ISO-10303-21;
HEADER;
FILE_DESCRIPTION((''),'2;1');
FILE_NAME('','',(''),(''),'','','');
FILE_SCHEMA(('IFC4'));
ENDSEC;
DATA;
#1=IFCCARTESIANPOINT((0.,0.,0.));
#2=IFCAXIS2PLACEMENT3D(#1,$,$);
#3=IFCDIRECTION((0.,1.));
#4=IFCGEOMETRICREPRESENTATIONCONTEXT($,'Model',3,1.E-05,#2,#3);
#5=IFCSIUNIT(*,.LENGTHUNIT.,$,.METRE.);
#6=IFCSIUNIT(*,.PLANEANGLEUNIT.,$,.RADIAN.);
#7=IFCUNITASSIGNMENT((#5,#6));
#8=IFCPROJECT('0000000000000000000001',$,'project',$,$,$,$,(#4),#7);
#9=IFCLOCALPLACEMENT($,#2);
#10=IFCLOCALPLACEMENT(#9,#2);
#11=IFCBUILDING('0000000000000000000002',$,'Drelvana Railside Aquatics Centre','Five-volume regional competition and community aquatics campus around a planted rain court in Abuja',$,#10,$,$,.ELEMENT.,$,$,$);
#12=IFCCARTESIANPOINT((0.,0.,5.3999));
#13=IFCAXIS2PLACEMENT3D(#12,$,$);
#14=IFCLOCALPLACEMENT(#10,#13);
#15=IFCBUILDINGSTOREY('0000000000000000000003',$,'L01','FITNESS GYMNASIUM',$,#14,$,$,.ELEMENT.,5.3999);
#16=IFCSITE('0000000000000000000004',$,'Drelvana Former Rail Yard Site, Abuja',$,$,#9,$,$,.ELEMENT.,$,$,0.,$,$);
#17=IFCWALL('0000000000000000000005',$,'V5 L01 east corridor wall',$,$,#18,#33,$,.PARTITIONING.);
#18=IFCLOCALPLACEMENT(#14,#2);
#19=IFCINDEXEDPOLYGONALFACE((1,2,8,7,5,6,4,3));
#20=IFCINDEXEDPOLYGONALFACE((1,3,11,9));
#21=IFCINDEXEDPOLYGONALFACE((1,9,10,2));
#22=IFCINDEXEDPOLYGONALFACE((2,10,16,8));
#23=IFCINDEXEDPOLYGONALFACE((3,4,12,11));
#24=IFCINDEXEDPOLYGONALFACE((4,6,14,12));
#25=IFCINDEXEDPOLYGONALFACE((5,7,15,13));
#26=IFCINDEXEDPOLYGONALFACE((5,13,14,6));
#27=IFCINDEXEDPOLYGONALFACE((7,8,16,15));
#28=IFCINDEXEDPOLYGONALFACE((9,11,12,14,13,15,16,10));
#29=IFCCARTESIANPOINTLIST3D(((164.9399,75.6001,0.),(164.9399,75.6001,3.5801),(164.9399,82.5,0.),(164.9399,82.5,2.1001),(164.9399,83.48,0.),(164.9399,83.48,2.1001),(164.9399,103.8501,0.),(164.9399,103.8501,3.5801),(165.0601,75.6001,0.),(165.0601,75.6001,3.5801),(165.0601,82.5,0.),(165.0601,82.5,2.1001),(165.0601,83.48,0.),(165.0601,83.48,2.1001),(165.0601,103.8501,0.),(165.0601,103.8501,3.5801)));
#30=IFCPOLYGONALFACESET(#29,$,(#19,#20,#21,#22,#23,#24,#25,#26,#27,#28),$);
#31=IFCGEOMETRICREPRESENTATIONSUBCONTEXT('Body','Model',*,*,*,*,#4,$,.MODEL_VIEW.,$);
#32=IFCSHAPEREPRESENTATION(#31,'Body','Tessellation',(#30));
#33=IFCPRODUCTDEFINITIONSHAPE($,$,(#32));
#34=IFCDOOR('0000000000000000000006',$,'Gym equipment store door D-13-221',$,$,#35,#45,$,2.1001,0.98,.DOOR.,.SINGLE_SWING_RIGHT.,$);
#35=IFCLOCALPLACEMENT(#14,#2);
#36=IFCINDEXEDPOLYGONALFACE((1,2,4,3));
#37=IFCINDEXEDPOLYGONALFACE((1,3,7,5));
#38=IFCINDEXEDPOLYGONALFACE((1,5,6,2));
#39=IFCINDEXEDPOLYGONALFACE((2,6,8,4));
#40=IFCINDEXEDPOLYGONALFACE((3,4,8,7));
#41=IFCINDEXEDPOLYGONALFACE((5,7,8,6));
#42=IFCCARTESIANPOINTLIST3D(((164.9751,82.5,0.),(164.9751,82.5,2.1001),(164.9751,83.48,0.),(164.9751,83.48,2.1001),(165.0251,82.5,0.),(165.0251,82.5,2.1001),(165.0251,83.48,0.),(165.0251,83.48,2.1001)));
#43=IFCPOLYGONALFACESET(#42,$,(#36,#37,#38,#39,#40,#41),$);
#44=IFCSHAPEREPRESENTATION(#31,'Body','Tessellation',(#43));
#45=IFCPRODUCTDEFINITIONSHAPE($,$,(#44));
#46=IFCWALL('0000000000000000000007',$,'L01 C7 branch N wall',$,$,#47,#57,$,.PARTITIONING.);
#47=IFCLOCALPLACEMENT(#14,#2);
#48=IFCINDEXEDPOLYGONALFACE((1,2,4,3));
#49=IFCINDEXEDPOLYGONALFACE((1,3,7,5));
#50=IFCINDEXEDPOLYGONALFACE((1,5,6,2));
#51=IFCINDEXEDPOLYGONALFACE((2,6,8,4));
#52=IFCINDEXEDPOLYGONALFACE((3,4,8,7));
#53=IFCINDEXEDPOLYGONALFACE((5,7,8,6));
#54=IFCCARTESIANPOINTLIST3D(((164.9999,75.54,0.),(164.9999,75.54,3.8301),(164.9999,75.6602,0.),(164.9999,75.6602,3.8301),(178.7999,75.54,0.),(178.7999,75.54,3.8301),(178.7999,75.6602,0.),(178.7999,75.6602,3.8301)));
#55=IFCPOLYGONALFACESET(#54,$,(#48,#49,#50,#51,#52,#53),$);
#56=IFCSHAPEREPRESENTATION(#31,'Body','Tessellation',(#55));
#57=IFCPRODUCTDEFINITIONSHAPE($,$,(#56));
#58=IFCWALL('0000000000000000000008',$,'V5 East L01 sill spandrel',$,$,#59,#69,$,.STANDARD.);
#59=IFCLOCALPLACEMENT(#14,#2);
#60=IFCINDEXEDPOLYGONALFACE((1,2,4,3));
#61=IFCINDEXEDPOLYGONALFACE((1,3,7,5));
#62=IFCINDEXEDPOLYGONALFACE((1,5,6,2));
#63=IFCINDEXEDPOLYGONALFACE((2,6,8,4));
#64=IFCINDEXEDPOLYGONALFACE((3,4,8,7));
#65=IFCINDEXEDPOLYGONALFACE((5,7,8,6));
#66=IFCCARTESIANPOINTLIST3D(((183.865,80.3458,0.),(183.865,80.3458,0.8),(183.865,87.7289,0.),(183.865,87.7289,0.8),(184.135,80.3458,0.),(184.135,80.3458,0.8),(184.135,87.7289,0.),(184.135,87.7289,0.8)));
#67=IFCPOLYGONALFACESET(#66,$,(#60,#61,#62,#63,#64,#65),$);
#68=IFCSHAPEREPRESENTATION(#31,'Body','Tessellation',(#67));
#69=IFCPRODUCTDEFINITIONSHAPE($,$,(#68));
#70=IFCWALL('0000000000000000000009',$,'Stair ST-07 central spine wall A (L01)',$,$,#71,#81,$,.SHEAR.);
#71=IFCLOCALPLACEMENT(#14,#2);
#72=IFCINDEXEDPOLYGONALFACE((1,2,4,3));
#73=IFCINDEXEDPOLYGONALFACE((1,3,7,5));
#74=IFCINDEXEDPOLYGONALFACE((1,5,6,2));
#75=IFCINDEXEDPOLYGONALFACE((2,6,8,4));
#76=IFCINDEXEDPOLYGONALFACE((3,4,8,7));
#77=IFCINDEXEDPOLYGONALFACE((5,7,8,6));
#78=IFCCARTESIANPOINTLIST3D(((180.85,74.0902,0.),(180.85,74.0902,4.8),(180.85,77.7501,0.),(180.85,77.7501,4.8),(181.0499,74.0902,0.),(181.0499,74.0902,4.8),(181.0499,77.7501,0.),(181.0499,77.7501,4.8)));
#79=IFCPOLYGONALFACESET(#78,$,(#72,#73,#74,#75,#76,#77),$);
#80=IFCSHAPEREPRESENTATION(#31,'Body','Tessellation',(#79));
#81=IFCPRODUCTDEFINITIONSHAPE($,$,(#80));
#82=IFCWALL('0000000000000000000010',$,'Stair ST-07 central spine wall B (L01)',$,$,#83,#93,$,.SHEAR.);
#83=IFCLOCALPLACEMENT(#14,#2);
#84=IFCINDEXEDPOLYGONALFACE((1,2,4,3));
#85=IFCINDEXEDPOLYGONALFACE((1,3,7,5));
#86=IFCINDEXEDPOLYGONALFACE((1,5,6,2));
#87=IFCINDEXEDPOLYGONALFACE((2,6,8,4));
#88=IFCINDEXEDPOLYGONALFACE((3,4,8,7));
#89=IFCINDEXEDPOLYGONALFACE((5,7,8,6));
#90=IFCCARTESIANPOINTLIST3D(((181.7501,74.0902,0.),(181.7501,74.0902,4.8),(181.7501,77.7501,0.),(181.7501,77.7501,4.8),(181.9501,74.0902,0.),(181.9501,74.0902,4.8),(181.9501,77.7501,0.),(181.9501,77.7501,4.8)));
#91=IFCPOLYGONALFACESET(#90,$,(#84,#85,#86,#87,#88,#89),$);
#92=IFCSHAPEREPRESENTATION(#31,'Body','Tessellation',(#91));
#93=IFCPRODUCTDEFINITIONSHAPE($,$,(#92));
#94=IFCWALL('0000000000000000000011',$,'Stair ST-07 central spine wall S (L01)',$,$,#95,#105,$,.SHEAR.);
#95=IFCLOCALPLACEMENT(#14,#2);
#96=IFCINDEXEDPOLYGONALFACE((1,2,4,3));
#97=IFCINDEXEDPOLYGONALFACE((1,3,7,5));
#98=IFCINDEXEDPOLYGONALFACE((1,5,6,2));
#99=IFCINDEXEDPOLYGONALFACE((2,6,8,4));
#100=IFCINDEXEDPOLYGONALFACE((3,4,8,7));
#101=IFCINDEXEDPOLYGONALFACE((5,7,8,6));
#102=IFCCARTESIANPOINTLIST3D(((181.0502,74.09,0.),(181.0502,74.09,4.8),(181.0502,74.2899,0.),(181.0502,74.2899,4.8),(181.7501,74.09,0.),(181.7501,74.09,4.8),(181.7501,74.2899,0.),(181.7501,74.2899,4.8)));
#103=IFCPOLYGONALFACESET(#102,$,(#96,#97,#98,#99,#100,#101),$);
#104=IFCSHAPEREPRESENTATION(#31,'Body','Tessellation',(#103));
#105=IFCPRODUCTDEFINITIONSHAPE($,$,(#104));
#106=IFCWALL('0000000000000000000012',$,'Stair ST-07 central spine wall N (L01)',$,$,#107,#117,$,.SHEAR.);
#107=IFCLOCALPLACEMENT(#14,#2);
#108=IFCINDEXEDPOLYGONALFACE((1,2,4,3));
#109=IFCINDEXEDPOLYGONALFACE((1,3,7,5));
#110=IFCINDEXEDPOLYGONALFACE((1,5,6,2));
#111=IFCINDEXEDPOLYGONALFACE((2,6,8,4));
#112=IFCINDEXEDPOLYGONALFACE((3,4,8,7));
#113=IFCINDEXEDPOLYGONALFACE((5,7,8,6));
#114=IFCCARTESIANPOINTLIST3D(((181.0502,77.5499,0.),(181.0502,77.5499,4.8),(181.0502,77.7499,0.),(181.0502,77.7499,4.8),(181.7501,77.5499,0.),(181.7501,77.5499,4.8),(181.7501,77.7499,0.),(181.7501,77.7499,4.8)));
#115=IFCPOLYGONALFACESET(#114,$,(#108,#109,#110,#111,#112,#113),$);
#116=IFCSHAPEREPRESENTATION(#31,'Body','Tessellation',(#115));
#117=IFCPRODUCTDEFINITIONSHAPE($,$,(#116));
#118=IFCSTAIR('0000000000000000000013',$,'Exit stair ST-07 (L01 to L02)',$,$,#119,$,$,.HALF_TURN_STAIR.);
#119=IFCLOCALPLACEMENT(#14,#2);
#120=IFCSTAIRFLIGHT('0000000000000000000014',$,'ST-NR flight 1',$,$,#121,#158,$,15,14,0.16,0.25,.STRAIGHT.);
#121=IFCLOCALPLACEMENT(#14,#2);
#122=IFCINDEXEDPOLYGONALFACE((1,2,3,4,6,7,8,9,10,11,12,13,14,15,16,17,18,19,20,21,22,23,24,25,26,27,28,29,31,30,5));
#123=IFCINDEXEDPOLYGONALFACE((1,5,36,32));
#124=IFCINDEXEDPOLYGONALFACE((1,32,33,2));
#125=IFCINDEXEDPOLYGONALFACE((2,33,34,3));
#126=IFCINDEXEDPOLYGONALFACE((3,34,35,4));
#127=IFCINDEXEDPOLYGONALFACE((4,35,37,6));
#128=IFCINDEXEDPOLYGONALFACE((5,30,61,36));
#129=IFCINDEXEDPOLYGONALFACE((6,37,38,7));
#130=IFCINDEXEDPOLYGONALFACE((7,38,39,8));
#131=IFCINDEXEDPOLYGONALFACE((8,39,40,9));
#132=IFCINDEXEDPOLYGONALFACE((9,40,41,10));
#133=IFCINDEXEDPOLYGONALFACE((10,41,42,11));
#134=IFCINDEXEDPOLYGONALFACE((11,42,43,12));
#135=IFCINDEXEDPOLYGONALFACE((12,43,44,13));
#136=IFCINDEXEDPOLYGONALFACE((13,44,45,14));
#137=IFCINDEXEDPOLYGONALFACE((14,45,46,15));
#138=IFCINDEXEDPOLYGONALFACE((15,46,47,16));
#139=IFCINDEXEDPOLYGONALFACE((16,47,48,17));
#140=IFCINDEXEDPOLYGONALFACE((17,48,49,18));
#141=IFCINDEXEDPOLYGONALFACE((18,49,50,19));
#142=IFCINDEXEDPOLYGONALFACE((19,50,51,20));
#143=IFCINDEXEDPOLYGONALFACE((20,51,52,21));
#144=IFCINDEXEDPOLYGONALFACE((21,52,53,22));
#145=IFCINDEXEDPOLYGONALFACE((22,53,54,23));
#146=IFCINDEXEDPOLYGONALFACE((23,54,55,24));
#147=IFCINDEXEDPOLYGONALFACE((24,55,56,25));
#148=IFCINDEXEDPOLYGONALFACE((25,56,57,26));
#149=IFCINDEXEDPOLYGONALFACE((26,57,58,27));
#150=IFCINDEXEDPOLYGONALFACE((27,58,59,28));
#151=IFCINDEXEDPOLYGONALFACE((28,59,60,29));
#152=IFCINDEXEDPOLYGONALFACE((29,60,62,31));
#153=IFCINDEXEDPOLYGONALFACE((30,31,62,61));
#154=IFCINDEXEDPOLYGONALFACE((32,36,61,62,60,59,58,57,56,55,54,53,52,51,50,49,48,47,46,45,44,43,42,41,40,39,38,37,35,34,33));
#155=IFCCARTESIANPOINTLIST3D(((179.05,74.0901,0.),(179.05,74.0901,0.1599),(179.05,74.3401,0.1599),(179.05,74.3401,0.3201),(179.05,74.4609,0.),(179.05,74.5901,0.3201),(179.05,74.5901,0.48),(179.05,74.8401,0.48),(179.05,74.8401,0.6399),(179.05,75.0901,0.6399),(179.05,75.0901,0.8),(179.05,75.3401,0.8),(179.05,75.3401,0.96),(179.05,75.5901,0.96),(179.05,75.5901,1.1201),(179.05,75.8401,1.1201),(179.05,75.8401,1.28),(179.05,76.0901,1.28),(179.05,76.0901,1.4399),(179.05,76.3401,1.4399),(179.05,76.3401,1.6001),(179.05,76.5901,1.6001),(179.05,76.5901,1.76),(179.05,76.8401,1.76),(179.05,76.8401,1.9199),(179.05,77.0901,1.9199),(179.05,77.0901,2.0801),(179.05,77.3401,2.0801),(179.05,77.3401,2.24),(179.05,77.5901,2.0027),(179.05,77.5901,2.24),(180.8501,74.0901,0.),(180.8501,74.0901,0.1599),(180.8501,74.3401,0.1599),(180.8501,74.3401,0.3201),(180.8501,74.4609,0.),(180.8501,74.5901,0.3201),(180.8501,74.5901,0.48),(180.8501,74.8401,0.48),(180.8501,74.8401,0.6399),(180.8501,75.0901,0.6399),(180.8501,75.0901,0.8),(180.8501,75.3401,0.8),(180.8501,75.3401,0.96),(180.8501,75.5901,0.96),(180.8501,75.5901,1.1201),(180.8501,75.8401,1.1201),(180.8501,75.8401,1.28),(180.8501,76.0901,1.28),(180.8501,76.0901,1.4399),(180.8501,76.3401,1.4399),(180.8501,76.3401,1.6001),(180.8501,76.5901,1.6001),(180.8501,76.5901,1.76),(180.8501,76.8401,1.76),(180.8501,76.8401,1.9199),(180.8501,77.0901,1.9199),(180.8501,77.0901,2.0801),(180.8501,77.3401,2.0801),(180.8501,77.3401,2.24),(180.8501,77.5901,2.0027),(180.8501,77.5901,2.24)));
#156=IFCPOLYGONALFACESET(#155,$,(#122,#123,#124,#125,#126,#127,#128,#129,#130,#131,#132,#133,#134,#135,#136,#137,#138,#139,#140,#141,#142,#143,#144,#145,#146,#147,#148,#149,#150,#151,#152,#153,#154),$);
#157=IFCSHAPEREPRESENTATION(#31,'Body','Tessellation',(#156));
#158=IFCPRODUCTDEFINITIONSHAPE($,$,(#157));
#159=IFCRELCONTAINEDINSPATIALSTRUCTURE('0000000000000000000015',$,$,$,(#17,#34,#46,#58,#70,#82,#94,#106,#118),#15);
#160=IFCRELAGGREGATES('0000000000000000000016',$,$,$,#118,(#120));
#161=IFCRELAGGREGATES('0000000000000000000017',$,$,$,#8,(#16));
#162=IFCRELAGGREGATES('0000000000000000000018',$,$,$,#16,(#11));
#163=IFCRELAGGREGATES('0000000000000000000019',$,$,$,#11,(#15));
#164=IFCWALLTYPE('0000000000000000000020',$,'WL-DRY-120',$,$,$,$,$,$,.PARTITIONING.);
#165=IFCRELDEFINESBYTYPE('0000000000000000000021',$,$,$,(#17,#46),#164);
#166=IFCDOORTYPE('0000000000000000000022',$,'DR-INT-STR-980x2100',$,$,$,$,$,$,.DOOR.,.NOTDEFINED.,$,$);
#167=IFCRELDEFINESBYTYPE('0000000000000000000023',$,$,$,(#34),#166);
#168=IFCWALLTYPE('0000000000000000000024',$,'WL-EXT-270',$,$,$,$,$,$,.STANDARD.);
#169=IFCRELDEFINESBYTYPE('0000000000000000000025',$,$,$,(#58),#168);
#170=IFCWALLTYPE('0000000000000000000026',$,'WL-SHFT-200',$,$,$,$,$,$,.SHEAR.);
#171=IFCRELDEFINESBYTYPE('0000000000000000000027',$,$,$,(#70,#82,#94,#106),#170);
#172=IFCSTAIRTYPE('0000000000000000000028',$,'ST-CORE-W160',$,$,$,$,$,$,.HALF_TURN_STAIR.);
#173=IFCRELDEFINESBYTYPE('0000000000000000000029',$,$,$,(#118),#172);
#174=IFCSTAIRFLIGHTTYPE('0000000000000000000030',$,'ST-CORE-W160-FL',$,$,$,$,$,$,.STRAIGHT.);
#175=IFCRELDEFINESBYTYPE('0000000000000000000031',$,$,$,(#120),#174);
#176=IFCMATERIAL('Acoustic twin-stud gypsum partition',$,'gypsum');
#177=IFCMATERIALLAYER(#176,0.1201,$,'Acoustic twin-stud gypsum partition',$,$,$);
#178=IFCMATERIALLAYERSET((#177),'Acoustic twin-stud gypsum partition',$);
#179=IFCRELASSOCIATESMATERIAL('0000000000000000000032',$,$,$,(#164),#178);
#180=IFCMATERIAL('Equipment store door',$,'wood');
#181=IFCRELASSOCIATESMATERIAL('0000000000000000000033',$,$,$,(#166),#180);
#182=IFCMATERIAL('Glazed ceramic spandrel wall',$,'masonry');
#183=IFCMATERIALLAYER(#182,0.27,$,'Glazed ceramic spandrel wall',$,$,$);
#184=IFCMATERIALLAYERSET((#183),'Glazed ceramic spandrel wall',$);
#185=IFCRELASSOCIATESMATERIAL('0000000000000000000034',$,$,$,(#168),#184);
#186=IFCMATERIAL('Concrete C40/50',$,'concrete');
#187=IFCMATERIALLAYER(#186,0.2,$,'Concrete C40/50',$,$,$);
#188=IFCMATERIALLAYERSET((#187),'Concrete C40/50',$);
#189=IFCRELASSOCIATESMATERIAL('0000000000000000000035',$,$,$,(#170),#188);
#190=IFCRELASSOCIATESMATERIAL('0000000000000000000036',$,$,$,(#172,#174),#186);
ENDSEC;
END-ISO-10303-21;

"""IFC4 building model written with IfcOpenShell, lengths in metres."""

from ifc_helpers import new_model, si_unit, direction, frame, frame_2d, origin, place, context, subcontext, project, spatial, polyline, rectangle, outline, extrude, material, layer, layer_set, type_object, element, fill, aggregate, save


model = new_model("IFC4")

# Units and contexts
model_context = context("Model", 3, precision=1e-05, world=origin(), true_north=direction((0.0, 1.0)))
body_context = subcontext(model_context, "Body", "Model", "MODEL_VIEW")
ifc_project = project(units=[si_unit("LENGTHUNIT", "METRE"), si_unit("PLANEANGLEUNIT", "RADIAN")], contexts=[model_context])

# Site, building, storey
site_placement = place(None, origin())
site = spatial("IfcSite", under=ifc_project, at=site_placement, Name="Drelvana Former Rail Yard Site, Abuja", CompositionType="ELEMENT", RefElevation=0.0)
building_placement = place(site_placement, origin())
building = spatial("IfcBuilding", under=site, at=building_placement, Name="Drelvana Railside Aquatics Centre", Description="Five-volume regional competition and community aquatics campus around a planted rain court in Abuja", CompositionType="ELEMENT")
storey_placement = place(building_placement, frame((0.0, 0.0, 5.3999)))
storey = spatial("IfcBuildingStorey", under=building, at=storey_placement, Name="L01", Description="FITNESS GYMNASIUM", CompositionType="ELEMENT", Elevation=5.3999)

# Shared definitions
ifc_material_1 = material(Name="Concrete C40/50", Category="concrete")

# Wall, opening, door
ifc_material_2 = material(Name="Acoustic twin-stud gypsum partition", Category="gypsum")
ifc_layer_1 = layer(ifc_material_2, 0.1201, Name="Acoustic twin-stud gypsum partition")
ifc_layer_set_1 = layer_set([ifc_layer_1], Name="Acoustic twin-stud gypsum partition")
wall_type_1 = type_object("IfcWallType", Name="WL-DRY-120", PredefinedType="PARTITIONING", material=ifc_layer_set_1)
wall_1_placement = place(storey_placement, frame((165.0, 75.6001, 0.0), z_axis=(0.0, 0.0, 1.0), x_axis=(0.0, 1.0, 0.0)))
wall_1 = element("IfcWall", 1, at=wall_1_placement, inside=storey, type_object=wall_type_1, Name="V5 L01 east corridor wall", PredefinedType="PARTITIONING", context=body_context, shape_type="SweptSolid", body=[
    extrude(rectangle(XDim=28.25, YDim=0.1201, at=frame_2d((14.125, 0.0))), origin(), (0.0, 0.0, 1.0), 3.5801),
])
opening_1_placement = place(wall_1_placement, frame((6.8999, 0.0, 0.0)))
opening_1 = element("IfcOpeningElement", 2, at=opening_1_placement, cuts=wall_1, PredefinedType="OPENING", context=body_context, shape_type="SweptSolid", body=[
    extrude(rectangle(XDim=0.98, YDim=2.1001, at=frame_2d((0.49, 1.05))), frame((0.0, 0.0701, 0.0), z_axis=(0.0, -1.0, 0.0), x_axis=(1.0, 0.0, 0.0)), (0.0, 0.0, 1.0), 0.1401),
])
ifc_material_3 = material(Name="Equipment store door", Category="wood")
door_type_1 = type_object("IfcDoorType", Name="DR-INT-STR-980x2100", OperationType="NOTDEFINED", PredefinedType="DOOR", material=ifc_material_3)
door_1_placement = place(opening_1_placement, origin())
door_1 = element("IfcDoor", 3, at=door_1_placement, inside=storey, type_object=door_type_1, Name="Gym equipment store door D-13-221", OperationType="SINGLE_SWING_RIGHT", OverallHeight=2.1001, OverallWidth=0.98, PredefinedType="DOOR", context=body_context, shape_type="SweptSolid", body=[
    extrude(rectangle(XDim=0.98, YDim=2.1001, at=frame_2d((0.49, 1.05))), frame((0.0, 0.0249, 0.0), z_axis=(0.0, -1.0, 0.0), x_axis=(1.0, 0.0, 0.0)), (0.0, 0.0, 1.0), 0.05),
])
fill(opening_1, door_1)

# Walls
wall_2_placement = place(storey_placement, frame((165.0, 75.6001, 0.0), z_axis=(0.0, 0.0, 1.0), x_axis=(1.0, 0.0, 0.0)))
element("IfcWall", 4, at=wall_2_placement, inside=storey, type_object=wall_type_1, Name="L01 C7 branch N wall", PredefinedType="PARTITIONING", context=body_context, shape_type="SweptSolid", body=[
    extrude(rectangle(XDim=13.8, YDim=0.1201, at=frame_2d((6.8999, 0.0))), origin(), (0.0, 0.0, 1.0), 3.8301),
])
ifc_material_4 = material(Name="Glazed ceramic spandrel wall", Category="masonry")
ifc_layer_2 = layer(ifc_material_4, 0.27, Name="Glazed ceramic spandrel wall")
ifc_layer_set_2 = layer_set([ifc_layer_2], Name="Glazed ceramic spandrel wall")
wall_type_2 = type_object("IfcWallType", Name="WL-EXT-270", PredefinedType="STANDARD", material=ifc_layer_set_2)
wall_3_placement = place(storey_placement, frame((184.0, 80.3459, 0.0), z_axis=(0.0, 0.0, 1.0), x_axis=(0.0, 1.0, 0.0)))
element("IfcWall", 5, at=wall_3_placement, inside=storey, type_object=wall_type_2, Name="V5 East L01 sill spandrel", PredefinedType="STANDARD", context=body_context, shape_type="SweptSolid", body=[
    extrude(rectangle(XDim=7.3831, YDim=0.27, at=frame_2d((3.6914, 0.0))), origin(), (0.0, 0.0, 1.0), 0.8),
])
ifc_layer_3 = layer(ifc_material_1, 0.2, Name="Concrete C40/50")
ifc_layer_set_3 = layer_set([ifc_layer_3], Name="Concrete C40/50")
wall_type_3 = type_object("IfcWallType", Name="WL-SHFT-200", PredefinedType="SHEAR", material=ifc_layer_set_3)
for number, where, z_axis, x_axis, name in (
    (6, (180.95, 74.0901, 0.0), (0.0, 0.0, 1.0), (0.0, 1.0, 0.0), "Stair ST-07 central spine wall A (L01)"),
    (7, (181.8501, 74.0901, 0.0), (0.0, 0.0, 1.0), (0.0, 1.0, 0.0), "Stair ST-07 central spine wall B (L01)"),
):
    element("IfcWall", number, at=place(storey_placement, frame(where, z_axis=z_axis, x_axis=x_axis)), inside=storey, type_object=wall_type_3, Name=name, PredefinedType="SHEAR", context=body_context, shape_type="SweptSolid", body=[
        extrude(rectangle(XDim=3.6599, YDim=0.2, at=frame_2d((1.8301, 0.0))), origin(), (0.0, 0.0, 1.0), 4.8),
    ])
for number, where, z_axis, x_axis, name in (
    (8, (181.05, 74.1899, 0.0), (0.0, 0.0, 1.0), (1.0, 0.0, 0.0), "Stair ST-07 central spine wall S (L01)"),
    (9, (181.05, 77.6499, 0.0), (0.0, 0.0, 1.0), (1.0, 0.0, 0.0), "Stair ST-07 central spine wall N (L01)"),
):
    element("IfcWall", number, at=place(storey_placement, frame(where, z_axis=z_axis, x_axis=x_axis)), inside=storey, type_object=wall_type_3, Name=name, PredefinedType="SHEAR", context=body_context, shape_type="SweptSolid", body=[
        extrude(rectangle(XDim=0.7, YDim=0.2, at=frame_2d((0.3501, 0.0))), origin(), (0.0, 0.0, 1.0), 4.8),
    ])

# Stair, stair flight
stair_type = type_object("IfcStairType", Name="ST-CORE-W160", PredefinedType="HALF_TURN_STAIR", material=ifc_material_1)
stair_placement = place(storey_placement, origin())
stair = element("IfcStair", 10, at=stair_placement, inside=storey, type_object=stair_type, Name="Exit stair ST-07 (L01 to L02)", PredefinedType="HALF_TURN_STAIR")
stair_flight_type = type_object("IfcStairFlightType", Name="ST-CORE-W160-FL", PredefinedType="STRAIGHT", material=ifc_material_1)
stair_flight_1_placement = place(storey_placement, frame((179.95, 74.0901, 0.0), z_axis=(0.0, 0.0, 1.0), x_axis=(0.0, 1.0, 0.0)))
stair_flight_1 = element("IfcStairFlight", 11, at=stair_flight_1_placement, type_object=stair_flight_type, Name="ST-NR flight 1", NumberOfRisers=15, NumberOfTreads=14, PredefinedType="STRAIGHT", RiserHeight=0.16, TreadLength=0.25, context=body_context, shape_type="SweptSolid", body=[
    extrude(outline(polyline([(0.0, 0.0), (0.0, 0.1599), (0.25, 0.1599), (0.25, 0.3201), (0.5, 0.3201), (0.5, 0.48), (0.75, 0.48), (0.75, 0.6399), (1.0, 0.6399), (1.0, 0.8), (1.25, 0.8), (1.25, 0.96), (1.5, 0.96), (1.5, 1.1201), (1.75, 1.1201), (1.75, 1.28), (2.0, 1.28), (2.0, 1.4399), (2.25, 1.4399), (2.25, 1.6001), (2.5, 1.6001), (2.5, 1.76), (2.75, 1.76), (2.75, 1.9199), (3.0, 1.9199), (3.0, 2.0801), (3.25, 2.0801), (3.25, 2.24), (3.5, 2.24), (3.5, 2.3999), (3.5, 2.0027), (0.3708, 0.0), (0.0, 0.0)])), frame((0.0, 0.8999, 0.0), z_axis=(0.0, -1.0, 0.0), x_axis=(1.0, 0.0, 0.0)), (0.0, 0.0, 1.0), 1.8),
])
aggregate(stair, [stair_flight_1])

save(model, "model.ifc")
